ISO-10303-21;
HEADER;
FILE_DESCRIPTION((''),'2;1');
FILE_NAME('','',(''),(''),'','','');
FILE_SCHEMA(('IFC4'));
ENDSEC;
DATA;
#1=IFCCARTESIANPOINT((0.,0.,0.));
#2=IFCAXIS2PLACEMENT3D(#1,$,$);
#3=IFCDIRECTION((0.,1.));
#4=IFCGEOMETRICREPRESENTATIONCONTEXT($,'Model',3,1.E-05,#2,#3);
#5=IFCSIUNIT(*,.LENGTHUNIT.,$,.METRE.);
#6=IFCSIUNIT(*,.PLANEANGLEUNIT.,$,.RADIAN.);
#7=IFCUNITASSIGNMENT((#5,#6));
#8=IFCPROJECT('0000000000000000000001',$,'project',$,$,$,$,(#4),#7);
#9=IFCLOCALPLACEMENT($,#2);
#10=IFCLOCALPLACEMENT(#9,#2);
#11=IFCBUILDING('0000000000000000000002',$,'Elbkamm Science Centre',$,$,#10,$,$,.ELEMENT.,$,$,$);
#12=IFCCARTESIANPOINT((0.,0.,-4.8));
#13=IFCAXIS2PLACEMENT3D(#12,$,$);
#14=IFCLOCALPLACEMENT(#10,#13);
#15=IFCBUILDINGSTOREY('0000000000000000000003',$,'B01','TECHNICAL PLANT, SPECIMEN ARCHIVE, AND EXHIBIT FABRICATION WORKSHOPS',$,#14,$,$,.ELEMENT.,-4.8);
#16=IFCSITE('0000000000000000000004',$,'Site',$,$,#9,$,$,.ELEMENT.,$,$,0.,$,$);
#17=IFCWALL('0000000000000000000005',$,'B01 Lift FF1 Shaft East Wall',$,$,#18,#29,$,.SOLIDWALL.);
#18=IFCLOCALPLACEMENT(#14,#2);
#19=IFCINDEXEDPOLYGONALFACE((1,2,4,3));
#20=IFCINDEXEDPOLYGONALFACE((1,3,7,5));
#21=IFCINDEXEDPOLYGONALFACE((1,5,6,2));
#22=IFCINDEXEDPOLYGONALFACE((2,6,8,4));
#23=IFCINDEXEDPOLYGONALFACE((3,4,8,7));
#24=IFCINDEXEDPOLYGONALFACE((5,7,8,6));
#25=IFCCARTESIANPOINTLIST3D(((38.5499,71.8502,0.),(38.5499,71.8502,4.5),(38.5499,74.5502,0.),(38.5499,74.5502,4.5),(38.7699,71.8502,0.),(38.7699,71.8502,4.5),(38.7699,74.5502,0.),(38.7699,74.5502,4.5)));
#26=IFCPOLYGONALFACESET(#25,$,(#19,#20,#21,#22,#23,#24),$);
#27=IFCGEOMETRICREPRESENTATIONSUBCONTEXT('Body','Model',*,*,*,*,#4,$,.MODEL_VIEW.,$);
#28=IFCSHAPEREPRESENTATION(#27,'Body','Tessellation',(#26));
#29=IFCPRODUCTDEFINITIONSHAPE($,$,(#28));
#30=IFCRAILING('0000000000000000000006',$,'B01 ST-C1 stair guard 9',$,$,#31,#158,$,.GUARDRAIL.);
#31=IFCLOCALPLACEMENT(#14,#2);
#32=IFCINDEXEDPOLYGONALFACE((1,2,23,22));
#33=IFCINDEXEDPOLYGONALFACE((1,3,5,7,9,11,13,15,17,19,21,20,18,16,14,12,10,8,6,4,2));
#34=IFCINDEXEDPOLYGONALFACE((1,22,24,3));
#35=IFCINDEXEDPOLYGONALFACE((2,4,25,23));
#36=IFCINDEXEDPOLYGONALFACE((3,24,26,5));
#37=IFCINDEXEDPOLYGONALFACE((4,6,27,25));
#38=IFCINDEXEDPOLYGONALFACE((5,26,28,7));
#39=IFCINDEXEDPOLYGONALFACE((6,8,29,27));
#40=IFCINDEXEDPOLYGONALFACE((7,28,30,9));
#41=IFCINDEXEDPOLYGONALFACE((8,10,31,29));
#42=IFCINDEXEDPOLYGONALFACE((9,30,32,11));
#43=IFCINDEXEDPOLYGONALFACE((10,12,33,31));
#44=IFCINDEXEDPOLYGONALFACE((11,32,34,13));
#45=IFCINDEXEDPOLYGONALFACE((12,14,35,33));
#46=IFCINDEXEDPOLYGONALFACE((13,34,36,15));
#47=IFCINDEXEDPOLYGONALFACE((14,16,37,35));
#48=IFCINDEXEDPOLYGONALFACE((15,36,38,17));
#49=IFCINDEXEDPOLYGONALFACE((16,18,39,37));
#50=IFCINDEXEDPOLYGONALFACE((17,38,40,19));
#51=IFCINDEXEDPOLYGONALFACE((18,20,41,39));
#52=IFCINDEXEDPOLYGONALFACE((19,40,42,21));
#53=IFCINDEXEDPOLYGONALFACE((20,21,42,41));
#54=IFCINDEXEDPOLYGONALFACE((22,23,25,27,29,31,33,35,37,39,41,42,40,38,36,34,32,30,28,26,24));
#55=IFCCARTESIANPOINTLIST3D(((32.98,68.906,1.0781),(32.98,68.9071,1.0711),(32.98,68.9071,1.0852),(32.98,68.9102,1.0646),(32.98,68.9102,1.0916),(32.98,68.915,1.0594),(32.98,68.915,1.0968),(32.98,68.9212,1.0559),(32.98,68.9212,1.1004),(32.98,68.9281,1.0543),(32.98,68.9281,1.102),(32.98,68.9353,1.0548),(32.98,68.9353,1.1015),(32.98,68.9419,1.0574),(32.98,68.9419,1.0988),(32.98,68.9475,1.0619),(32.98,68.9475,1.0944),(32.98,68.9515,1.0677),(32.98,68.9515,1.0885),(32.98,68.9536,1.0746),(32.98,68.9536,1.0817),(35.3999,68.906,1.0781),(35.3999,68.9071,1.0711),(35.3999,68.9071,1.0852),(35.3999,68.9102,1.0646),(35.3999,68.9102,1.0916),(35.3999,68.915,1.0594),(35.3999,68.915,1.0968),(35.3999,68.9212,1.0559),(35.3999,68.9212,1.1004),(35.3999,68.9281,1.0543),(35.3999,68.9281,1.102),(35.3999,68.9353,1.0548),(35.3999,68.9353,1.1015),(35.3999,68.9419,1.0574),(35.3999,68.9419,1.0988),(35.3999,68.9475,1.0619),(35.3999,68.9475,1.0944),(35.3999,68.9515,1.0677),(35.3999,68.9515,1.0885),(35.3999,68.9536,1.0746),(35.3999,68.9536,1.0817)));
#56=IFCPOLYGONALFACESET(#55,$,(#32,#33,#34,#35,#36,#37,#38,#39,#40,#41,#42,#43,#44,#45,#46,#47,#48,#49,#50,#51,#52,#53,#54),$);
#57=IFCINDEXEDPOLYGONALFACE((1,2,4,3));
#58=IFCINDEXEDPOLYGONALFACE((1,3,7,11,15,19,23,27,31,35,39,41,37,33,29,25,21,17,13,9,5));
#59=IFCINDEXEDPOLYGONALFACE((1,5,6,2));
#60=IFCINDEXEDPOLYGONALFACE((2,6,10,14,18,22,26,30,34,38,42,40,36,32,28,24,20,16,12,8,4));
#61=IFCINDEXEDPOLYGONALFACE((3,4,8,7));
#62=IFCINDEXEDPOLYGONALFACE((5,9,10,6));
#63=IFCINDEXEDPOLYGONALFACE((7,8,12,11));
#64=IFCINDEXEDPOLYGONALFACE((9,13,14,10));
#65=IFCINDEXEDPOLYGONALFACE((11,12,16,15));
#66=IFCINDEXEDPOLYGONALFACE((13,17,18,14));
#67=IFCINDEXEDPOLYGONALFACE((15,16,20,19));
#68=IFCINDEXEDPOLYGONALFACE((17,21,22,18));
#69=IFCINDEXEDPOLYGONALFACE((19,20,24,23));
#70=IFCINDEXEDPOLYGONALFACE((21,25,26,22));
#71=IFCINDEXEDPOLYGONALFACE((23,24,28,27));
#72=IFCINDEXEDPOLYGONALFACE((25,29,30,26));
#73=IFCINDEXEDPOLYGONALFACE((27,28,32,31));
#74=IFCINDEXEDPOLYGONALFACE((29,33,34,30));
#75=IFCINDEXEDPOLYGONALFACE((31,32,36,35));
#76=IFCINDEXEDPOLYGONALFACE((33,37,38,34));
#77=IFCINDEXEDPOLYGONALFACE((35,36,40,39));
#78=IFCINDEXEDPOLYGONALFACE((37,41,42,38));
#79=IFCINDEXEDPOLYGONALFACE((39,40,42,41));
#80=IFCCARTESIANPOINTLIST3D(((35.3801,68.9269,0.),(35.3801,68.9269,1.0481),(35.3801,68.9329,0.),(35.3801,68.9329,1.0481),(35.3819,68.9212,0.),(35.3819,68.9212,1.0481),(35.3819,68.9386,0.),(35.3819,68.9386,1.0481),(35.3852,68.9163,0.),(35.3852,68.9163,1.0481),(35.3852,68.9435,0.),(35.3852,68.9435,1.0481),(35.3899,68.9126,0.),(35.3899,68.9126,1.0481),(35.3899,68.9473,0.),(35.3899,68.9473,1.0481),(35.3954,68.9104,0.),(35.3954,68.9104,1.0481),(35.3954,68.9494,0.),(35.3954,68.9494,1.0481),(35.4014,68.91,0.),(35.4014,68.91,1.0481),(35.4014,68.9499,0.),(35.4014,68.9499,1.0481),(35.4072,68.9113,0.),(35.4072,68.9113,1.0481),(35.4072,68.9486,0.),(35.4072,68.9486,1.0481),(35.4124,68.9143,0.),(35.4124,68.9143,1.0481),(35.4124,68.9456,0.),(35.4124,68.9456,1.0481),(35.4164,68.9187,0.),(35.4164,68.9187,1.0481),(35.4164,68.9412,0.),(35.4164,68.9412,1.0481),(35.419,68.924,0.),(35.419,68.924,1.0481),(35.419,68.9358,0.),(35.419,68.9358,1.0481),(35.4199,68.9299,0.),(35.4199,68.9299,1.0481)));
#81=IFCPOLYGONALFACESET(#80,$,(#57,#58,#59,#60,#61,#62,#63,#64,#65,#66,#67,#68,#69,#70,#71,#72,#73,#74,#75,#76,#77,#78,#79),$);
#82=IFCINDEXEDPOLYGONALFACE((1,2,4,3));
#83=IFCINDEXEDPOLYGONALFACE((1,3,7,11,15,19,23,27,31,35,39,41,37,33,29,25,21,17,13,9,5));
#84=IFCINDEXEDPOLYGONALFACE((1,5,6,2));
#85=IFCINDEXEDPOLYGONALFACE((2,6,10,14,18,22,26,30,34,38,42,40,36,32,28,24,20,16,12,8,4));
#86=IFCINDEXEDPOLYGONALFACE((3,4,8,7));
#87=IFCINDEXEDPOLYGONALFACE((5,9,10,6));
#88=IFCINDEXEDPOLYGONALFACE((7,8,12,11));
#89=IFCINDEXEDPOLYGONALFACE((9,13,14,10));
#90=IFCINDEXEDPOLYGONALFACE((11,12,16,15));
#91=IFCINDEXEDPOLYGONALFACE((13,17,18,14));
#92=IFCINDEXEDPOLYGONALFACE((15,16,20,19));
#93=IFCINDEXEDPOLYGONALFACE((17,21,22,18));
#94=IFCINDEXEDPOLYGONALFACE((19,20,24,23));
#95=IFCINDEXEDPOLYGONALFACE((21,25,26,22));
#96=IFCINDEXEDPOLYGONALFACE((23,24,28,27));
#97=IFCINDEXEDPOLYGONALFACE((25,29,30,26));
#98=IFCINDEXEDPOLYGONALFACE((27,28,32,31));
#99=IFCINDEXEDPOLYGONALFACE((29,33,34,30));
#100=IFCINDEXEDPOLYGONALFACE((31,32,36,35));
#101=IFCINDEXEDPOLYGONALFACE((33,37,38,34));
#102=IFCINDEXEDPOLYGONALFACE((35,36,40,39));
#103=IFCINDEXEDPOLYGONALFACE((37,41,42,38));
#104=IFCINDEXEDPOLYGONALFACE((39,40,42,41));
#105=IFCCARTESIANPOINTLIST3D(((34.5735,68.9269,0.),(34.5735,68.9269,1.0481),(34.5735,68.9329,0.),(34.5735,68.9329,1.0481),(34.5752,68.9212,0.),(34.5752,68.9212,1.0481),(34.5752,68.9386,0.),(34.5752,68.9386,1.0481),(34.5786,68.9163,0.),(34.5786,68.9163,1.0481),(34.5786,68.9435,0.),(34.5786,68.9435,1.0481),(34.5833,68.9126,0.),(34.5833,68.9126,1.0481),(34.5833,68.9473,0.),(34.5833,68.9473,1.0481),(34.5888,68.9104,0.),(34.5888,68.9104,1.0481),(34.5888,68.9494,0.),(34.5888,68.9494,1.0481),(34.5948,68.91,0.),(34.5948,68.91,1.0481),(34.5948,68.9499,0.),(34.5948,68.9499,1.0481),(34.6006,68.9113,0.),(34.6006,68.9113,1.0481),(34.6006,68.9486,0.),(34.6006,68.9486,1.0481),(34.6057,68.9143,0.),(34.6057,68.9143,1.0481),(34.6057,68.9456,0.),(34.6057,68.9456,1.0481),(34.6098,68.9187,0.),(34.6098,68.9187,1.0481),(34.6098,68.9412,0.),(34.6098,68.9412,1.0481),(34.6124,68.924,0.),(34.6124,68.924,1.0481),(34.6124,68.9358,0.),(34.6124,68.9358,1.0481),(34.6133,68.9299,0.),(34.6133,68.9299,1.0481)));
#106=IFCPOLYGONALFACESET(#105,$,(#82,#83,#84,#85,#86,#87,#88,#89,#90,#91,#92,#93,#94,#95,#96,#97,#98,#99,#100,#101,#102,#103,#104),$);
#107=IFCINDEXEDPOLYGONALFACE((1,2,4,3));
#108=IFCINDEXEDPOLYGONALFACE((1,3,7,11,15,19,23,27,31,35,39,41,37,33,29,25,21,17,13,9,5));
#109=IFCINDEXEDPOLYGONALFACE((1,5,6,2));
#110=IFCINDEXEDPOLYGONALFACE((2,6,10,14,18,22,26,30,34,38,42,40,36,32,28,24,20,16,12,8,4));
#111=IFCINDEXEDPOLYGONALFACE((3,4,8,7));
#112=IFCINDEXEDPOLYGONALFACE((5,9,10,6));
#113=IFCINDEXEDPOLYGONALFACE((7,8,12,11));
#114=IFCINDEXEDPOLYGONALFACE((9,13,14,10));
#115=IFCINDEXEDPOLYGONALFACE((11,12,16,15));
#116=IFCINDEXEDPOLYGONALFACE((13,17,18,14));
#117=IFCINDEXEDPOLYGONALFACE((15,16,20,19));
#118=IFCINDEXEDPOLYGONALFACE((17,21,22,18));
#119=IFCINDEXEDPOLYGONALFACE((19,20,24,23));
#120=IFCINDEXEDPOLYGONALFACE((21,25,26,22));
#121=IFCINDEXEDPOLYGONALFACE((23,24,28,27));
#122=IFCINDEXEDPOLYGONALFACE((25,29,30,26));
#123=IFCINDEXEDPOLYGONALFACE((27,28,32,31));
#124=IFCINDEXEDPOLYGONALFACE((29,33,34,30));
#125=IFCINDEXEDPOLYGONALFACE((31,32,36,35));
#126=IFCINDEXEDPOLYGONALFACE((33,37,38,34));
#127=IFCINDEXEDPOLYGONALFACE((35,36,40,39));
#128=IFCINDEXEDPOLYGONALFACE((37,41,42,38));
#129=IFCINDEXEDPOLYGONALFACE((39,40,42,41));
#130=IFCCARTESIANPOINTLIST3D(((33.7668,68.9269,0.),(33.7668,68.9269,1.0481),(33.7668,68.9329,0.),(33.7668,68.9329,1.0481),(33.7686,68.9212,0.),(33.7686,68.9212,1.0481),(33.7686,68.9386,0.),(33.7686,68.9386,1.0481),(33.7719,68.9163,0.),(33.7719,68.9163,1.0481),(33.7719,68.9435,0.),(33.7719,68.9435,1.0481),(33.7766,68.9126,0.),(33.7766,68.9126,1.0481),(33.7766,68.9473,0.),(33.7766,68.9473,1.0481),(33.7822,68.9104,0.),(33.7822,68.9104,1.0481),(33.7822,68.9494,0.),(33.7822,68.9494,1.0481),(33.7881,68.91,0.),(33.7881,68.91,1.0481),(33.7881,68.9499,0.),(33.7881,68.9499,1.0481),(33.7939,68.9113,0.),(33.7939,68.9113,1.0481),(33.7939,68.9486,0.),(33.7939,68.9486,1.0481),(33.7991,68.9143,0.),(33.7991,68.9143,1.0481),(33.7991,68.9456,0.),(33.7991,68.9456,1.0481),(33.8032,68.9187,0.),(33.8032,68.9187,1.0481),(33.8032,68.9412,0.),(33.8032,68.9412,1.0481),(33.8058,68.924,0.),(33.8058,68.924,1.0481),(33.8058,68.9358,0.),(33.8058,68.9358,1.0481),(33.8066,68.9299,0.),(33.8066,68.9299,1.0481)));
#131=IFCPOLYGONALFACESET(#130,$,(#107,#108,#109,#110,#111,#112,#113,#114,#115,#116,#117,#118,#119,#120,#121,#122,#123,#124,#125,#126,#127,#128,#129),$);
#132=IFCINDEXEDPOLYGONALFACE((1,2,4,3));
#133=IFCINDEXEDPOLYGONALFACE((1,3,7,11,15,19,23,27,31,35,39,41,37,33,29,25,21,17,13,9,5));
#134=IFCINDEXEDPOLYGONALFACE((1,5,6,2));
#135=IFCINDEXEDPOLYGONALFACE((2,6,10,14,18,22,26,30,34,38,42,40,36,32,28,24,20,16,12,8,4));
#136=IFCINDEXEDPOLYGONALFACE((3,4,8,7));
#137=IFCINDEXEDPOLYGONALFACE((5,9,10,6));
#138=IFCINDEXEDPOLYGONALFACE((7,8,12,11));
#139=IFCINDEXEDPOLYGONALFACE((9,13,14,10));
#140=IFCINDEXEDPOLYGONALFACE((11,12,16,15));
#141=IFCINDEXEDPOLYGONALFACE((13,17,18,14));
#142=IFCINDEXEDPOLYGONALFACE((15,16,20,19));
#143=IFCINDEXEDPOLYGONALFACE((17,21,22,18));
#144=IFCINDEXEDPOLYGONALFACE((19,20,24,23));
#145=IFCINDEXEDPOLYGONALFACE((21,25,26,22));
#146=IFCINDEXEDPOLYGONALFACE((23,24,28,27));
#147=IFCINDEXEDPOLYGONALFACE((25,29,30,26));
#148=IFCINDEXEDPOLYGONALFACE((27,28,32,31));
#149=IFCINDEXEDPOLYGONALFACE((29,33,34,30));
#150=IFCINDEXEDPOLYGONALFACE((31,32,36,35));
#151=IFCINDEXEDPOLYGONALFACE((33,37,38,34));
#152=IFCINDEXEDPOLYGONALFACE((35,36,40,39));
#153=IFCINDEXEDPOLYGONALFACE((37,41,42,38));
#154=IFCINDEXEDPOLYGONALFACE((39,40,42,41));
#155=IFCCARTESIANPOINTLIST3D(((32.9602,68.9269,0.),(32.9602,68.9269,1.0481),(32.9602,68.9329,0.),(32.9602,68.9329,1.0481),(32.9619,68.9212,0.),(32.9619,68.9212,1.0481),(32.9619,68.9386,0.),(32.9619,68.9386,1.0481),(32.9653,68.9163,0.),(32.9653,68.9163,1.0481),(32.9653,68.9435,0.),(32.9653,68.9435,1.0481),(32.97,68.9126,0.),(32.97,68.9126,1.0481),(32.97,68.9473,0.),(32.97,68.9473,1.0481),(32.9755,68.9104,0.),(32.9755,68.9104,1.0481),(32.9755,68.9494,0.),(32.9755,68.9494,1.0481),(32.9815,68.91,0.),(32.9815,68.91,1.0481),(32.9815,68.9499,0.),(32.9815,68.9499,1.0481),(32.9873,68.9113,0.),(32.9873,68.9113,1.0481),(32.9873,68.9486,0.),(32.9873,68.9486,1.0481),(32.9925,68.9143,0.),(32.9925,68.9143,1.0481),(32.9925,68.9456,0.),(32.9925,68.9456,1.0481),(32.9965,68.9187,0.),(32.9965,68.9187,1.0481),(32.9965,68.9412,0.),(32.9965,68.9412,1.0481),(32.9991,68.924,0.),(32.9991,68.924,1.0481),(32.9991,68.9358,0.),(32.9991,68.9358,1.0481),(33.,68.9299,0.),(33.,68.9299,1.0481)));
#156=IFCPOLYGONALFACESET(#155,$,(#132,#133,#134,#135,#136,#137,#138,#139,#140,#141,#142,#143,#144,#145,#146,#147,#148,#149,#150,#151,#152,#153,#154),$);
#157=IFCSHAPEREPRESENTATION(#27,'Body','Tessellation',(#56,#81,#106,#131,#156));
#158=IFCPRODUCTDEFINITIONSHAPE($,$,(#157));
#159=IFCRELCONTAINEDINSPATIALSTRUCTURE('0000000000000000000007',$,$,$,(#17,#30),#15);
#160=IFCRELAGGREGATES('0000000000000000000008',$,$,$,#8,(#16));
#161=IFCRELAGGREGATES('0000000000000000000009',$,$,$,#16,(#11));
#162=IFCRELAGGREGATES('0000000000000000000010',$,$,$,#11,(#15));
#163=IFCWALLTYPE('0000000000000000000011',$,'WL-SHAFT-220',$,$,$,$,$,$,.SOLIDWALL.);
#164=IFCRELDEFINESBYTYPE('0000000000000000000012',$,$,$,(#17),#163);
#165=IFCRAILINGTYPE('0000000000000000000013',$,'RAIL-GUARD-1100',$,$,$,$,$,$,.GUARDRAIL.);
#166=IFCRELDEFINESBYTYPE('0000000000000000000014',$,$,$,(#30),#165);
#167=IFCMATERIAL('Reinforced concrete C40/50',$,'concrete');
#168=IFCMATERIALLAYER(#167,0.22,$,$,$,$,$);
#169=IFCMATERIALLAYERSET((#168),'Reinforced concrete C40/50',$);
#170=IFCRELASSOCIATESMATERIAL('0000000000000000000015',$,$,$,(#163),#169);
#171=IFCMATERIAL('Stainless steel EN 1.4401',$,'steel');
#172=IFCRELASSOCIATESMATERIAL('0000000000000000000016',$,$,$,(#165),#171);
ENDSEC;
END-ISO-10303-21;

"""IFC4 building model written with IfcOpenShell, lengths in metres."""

from ifc_helpers import new_model, si_unit, direction, frame, frame_2d, origin, origin_2d, place, context, subcontext, project, spatial, rectangle, circle, extrude, material, layer, layer_set, type_object, element, save


model = new_model("IFC4")

# Units and contexts
model_context = context("Model", 3, precision=1e-05, world=origin(), true_north=direction((0.0, 1.0)))
body_context = subcontext(model_context, "Body", "Model", "MODEL_VIEW")
ifc_project = project(units=[si_unit("LENGTHUNIT", "METRE"), si_unit("PLANEANGLEUNIT", "RADIAN")], contexts=[model_context])

# Site, building, storey
site_placement = place(None, origin())
site = spatial("IfcSite", under=ifc_project, at=site_placement, Name="Site", CompositionType="ELEMENT", RefElevation=0.0)
building_placement = place(site_placement, origin())
building = spatial("IfcBuilding", under=site, at=building_placement, Name="Elbkamm Science Centre", CompositionType="ELEMENT")
storey_placement = place(building_placement, frame((0.0, 0.0, -4.8)))
storey = spatial("IfcBuildingStorey", under=building, at=storey_placement, Name="B01", Description="TECHNICAL PLANT, SPECIMEN ARCHIVE, AND EXHIBIT FABRICATION WORKSHOPS", CompositionType="ELEMENT", Elevation=-4.8)

# Shared definitions
ifc_material_1 = material(Name="Reinforced concrete C40/50", Category="concrete")

# Wall
ifc_layer_1 = layer(ifc_material_1, 0.22)
ifc_layer_set_1 = layer_set([ifc_layer_1], Name="Reinforced concrete C40/50")
wall_type_1 = type_object("IfcWallType", Name="WL-SHAFT-220", PredefinedType="SOLIDWALL", material=ifc_layer_set_1)
for number, where, z_axis, x_axis, name in (
    (1, (38.6599, 71.8501, 0.0), (0.0, 0.0, 1.0), (0.0, 1.0, 0.0), "B01 Lift FF1 Shaft East Wall"),
):
    element("IfcWall", number, at=place(storey_placement, frame(where, z_axis=z_axis, x_axis=x_axis)), inside=storey, type_object=wall_type_1, Name=name, PredefinedType="SOLIDWALL", context=body_context, shape_type="SweptSolid", body=[
        extrude(rectangle(XDim=2.7, YDim=0.22, at=frame_2d((1.3501, 0.0))), origin(), (0.0, 0.0, 1.0), 4.5),
    ])

# Railing
ifc_material_2 = material(Name="Stainless steel EN 1.4401", Category="steel")
railing_type = type_object("IfcRailingType", Name="RAIL-GUARD-1100", PredefinedType="GUARDRAIL", material=ifc_material_2)
railing_placement = place(storey_placement, frame((35.3999, 68.9299, 0.0)))
element("IfcRailing", 2, at=railing_placement, inside=storey, type_object=railing_type, Name="B01 ST-C1 stair guard 9", PredefinedType="GUARDRAIL", context=body_context, shape_type="SweptSolid", body=[
    extrude(circle(Radius=0.0239, at=origin_2d()), frame((0.0, 0.0, 1.0781), z_axis=(-1.0, 0.0, 0.0), x_axis=(0.0, -1.0, 0.0)), (0.0, 0.0, 1.0), 2.4199),
    extrude(circle(Radius=0.02, at=origin_2d()), origin(), (0.0, 0.0, 1.0), 1.0481),
    extrude(circle(Radius=0.02, at=origin_2d()), frame((-0.8066, 0.0, 0.0)), (0.0, 0.0, 1.0), 1.0481),
    extrude(circle(Radius=0.02, at=origin_2d()), frame((-1.6133, 0.0, 0.0)), (0.0, 0.0, 1.0), 1.0481),
    extrude(circle(Radius=0.02, at=origin_2d()), frame((-2.4199, 0.0, 0.0)), (0.0, 0.0, 1.0), 1.0481),
])

save(model, "model.ifc")
